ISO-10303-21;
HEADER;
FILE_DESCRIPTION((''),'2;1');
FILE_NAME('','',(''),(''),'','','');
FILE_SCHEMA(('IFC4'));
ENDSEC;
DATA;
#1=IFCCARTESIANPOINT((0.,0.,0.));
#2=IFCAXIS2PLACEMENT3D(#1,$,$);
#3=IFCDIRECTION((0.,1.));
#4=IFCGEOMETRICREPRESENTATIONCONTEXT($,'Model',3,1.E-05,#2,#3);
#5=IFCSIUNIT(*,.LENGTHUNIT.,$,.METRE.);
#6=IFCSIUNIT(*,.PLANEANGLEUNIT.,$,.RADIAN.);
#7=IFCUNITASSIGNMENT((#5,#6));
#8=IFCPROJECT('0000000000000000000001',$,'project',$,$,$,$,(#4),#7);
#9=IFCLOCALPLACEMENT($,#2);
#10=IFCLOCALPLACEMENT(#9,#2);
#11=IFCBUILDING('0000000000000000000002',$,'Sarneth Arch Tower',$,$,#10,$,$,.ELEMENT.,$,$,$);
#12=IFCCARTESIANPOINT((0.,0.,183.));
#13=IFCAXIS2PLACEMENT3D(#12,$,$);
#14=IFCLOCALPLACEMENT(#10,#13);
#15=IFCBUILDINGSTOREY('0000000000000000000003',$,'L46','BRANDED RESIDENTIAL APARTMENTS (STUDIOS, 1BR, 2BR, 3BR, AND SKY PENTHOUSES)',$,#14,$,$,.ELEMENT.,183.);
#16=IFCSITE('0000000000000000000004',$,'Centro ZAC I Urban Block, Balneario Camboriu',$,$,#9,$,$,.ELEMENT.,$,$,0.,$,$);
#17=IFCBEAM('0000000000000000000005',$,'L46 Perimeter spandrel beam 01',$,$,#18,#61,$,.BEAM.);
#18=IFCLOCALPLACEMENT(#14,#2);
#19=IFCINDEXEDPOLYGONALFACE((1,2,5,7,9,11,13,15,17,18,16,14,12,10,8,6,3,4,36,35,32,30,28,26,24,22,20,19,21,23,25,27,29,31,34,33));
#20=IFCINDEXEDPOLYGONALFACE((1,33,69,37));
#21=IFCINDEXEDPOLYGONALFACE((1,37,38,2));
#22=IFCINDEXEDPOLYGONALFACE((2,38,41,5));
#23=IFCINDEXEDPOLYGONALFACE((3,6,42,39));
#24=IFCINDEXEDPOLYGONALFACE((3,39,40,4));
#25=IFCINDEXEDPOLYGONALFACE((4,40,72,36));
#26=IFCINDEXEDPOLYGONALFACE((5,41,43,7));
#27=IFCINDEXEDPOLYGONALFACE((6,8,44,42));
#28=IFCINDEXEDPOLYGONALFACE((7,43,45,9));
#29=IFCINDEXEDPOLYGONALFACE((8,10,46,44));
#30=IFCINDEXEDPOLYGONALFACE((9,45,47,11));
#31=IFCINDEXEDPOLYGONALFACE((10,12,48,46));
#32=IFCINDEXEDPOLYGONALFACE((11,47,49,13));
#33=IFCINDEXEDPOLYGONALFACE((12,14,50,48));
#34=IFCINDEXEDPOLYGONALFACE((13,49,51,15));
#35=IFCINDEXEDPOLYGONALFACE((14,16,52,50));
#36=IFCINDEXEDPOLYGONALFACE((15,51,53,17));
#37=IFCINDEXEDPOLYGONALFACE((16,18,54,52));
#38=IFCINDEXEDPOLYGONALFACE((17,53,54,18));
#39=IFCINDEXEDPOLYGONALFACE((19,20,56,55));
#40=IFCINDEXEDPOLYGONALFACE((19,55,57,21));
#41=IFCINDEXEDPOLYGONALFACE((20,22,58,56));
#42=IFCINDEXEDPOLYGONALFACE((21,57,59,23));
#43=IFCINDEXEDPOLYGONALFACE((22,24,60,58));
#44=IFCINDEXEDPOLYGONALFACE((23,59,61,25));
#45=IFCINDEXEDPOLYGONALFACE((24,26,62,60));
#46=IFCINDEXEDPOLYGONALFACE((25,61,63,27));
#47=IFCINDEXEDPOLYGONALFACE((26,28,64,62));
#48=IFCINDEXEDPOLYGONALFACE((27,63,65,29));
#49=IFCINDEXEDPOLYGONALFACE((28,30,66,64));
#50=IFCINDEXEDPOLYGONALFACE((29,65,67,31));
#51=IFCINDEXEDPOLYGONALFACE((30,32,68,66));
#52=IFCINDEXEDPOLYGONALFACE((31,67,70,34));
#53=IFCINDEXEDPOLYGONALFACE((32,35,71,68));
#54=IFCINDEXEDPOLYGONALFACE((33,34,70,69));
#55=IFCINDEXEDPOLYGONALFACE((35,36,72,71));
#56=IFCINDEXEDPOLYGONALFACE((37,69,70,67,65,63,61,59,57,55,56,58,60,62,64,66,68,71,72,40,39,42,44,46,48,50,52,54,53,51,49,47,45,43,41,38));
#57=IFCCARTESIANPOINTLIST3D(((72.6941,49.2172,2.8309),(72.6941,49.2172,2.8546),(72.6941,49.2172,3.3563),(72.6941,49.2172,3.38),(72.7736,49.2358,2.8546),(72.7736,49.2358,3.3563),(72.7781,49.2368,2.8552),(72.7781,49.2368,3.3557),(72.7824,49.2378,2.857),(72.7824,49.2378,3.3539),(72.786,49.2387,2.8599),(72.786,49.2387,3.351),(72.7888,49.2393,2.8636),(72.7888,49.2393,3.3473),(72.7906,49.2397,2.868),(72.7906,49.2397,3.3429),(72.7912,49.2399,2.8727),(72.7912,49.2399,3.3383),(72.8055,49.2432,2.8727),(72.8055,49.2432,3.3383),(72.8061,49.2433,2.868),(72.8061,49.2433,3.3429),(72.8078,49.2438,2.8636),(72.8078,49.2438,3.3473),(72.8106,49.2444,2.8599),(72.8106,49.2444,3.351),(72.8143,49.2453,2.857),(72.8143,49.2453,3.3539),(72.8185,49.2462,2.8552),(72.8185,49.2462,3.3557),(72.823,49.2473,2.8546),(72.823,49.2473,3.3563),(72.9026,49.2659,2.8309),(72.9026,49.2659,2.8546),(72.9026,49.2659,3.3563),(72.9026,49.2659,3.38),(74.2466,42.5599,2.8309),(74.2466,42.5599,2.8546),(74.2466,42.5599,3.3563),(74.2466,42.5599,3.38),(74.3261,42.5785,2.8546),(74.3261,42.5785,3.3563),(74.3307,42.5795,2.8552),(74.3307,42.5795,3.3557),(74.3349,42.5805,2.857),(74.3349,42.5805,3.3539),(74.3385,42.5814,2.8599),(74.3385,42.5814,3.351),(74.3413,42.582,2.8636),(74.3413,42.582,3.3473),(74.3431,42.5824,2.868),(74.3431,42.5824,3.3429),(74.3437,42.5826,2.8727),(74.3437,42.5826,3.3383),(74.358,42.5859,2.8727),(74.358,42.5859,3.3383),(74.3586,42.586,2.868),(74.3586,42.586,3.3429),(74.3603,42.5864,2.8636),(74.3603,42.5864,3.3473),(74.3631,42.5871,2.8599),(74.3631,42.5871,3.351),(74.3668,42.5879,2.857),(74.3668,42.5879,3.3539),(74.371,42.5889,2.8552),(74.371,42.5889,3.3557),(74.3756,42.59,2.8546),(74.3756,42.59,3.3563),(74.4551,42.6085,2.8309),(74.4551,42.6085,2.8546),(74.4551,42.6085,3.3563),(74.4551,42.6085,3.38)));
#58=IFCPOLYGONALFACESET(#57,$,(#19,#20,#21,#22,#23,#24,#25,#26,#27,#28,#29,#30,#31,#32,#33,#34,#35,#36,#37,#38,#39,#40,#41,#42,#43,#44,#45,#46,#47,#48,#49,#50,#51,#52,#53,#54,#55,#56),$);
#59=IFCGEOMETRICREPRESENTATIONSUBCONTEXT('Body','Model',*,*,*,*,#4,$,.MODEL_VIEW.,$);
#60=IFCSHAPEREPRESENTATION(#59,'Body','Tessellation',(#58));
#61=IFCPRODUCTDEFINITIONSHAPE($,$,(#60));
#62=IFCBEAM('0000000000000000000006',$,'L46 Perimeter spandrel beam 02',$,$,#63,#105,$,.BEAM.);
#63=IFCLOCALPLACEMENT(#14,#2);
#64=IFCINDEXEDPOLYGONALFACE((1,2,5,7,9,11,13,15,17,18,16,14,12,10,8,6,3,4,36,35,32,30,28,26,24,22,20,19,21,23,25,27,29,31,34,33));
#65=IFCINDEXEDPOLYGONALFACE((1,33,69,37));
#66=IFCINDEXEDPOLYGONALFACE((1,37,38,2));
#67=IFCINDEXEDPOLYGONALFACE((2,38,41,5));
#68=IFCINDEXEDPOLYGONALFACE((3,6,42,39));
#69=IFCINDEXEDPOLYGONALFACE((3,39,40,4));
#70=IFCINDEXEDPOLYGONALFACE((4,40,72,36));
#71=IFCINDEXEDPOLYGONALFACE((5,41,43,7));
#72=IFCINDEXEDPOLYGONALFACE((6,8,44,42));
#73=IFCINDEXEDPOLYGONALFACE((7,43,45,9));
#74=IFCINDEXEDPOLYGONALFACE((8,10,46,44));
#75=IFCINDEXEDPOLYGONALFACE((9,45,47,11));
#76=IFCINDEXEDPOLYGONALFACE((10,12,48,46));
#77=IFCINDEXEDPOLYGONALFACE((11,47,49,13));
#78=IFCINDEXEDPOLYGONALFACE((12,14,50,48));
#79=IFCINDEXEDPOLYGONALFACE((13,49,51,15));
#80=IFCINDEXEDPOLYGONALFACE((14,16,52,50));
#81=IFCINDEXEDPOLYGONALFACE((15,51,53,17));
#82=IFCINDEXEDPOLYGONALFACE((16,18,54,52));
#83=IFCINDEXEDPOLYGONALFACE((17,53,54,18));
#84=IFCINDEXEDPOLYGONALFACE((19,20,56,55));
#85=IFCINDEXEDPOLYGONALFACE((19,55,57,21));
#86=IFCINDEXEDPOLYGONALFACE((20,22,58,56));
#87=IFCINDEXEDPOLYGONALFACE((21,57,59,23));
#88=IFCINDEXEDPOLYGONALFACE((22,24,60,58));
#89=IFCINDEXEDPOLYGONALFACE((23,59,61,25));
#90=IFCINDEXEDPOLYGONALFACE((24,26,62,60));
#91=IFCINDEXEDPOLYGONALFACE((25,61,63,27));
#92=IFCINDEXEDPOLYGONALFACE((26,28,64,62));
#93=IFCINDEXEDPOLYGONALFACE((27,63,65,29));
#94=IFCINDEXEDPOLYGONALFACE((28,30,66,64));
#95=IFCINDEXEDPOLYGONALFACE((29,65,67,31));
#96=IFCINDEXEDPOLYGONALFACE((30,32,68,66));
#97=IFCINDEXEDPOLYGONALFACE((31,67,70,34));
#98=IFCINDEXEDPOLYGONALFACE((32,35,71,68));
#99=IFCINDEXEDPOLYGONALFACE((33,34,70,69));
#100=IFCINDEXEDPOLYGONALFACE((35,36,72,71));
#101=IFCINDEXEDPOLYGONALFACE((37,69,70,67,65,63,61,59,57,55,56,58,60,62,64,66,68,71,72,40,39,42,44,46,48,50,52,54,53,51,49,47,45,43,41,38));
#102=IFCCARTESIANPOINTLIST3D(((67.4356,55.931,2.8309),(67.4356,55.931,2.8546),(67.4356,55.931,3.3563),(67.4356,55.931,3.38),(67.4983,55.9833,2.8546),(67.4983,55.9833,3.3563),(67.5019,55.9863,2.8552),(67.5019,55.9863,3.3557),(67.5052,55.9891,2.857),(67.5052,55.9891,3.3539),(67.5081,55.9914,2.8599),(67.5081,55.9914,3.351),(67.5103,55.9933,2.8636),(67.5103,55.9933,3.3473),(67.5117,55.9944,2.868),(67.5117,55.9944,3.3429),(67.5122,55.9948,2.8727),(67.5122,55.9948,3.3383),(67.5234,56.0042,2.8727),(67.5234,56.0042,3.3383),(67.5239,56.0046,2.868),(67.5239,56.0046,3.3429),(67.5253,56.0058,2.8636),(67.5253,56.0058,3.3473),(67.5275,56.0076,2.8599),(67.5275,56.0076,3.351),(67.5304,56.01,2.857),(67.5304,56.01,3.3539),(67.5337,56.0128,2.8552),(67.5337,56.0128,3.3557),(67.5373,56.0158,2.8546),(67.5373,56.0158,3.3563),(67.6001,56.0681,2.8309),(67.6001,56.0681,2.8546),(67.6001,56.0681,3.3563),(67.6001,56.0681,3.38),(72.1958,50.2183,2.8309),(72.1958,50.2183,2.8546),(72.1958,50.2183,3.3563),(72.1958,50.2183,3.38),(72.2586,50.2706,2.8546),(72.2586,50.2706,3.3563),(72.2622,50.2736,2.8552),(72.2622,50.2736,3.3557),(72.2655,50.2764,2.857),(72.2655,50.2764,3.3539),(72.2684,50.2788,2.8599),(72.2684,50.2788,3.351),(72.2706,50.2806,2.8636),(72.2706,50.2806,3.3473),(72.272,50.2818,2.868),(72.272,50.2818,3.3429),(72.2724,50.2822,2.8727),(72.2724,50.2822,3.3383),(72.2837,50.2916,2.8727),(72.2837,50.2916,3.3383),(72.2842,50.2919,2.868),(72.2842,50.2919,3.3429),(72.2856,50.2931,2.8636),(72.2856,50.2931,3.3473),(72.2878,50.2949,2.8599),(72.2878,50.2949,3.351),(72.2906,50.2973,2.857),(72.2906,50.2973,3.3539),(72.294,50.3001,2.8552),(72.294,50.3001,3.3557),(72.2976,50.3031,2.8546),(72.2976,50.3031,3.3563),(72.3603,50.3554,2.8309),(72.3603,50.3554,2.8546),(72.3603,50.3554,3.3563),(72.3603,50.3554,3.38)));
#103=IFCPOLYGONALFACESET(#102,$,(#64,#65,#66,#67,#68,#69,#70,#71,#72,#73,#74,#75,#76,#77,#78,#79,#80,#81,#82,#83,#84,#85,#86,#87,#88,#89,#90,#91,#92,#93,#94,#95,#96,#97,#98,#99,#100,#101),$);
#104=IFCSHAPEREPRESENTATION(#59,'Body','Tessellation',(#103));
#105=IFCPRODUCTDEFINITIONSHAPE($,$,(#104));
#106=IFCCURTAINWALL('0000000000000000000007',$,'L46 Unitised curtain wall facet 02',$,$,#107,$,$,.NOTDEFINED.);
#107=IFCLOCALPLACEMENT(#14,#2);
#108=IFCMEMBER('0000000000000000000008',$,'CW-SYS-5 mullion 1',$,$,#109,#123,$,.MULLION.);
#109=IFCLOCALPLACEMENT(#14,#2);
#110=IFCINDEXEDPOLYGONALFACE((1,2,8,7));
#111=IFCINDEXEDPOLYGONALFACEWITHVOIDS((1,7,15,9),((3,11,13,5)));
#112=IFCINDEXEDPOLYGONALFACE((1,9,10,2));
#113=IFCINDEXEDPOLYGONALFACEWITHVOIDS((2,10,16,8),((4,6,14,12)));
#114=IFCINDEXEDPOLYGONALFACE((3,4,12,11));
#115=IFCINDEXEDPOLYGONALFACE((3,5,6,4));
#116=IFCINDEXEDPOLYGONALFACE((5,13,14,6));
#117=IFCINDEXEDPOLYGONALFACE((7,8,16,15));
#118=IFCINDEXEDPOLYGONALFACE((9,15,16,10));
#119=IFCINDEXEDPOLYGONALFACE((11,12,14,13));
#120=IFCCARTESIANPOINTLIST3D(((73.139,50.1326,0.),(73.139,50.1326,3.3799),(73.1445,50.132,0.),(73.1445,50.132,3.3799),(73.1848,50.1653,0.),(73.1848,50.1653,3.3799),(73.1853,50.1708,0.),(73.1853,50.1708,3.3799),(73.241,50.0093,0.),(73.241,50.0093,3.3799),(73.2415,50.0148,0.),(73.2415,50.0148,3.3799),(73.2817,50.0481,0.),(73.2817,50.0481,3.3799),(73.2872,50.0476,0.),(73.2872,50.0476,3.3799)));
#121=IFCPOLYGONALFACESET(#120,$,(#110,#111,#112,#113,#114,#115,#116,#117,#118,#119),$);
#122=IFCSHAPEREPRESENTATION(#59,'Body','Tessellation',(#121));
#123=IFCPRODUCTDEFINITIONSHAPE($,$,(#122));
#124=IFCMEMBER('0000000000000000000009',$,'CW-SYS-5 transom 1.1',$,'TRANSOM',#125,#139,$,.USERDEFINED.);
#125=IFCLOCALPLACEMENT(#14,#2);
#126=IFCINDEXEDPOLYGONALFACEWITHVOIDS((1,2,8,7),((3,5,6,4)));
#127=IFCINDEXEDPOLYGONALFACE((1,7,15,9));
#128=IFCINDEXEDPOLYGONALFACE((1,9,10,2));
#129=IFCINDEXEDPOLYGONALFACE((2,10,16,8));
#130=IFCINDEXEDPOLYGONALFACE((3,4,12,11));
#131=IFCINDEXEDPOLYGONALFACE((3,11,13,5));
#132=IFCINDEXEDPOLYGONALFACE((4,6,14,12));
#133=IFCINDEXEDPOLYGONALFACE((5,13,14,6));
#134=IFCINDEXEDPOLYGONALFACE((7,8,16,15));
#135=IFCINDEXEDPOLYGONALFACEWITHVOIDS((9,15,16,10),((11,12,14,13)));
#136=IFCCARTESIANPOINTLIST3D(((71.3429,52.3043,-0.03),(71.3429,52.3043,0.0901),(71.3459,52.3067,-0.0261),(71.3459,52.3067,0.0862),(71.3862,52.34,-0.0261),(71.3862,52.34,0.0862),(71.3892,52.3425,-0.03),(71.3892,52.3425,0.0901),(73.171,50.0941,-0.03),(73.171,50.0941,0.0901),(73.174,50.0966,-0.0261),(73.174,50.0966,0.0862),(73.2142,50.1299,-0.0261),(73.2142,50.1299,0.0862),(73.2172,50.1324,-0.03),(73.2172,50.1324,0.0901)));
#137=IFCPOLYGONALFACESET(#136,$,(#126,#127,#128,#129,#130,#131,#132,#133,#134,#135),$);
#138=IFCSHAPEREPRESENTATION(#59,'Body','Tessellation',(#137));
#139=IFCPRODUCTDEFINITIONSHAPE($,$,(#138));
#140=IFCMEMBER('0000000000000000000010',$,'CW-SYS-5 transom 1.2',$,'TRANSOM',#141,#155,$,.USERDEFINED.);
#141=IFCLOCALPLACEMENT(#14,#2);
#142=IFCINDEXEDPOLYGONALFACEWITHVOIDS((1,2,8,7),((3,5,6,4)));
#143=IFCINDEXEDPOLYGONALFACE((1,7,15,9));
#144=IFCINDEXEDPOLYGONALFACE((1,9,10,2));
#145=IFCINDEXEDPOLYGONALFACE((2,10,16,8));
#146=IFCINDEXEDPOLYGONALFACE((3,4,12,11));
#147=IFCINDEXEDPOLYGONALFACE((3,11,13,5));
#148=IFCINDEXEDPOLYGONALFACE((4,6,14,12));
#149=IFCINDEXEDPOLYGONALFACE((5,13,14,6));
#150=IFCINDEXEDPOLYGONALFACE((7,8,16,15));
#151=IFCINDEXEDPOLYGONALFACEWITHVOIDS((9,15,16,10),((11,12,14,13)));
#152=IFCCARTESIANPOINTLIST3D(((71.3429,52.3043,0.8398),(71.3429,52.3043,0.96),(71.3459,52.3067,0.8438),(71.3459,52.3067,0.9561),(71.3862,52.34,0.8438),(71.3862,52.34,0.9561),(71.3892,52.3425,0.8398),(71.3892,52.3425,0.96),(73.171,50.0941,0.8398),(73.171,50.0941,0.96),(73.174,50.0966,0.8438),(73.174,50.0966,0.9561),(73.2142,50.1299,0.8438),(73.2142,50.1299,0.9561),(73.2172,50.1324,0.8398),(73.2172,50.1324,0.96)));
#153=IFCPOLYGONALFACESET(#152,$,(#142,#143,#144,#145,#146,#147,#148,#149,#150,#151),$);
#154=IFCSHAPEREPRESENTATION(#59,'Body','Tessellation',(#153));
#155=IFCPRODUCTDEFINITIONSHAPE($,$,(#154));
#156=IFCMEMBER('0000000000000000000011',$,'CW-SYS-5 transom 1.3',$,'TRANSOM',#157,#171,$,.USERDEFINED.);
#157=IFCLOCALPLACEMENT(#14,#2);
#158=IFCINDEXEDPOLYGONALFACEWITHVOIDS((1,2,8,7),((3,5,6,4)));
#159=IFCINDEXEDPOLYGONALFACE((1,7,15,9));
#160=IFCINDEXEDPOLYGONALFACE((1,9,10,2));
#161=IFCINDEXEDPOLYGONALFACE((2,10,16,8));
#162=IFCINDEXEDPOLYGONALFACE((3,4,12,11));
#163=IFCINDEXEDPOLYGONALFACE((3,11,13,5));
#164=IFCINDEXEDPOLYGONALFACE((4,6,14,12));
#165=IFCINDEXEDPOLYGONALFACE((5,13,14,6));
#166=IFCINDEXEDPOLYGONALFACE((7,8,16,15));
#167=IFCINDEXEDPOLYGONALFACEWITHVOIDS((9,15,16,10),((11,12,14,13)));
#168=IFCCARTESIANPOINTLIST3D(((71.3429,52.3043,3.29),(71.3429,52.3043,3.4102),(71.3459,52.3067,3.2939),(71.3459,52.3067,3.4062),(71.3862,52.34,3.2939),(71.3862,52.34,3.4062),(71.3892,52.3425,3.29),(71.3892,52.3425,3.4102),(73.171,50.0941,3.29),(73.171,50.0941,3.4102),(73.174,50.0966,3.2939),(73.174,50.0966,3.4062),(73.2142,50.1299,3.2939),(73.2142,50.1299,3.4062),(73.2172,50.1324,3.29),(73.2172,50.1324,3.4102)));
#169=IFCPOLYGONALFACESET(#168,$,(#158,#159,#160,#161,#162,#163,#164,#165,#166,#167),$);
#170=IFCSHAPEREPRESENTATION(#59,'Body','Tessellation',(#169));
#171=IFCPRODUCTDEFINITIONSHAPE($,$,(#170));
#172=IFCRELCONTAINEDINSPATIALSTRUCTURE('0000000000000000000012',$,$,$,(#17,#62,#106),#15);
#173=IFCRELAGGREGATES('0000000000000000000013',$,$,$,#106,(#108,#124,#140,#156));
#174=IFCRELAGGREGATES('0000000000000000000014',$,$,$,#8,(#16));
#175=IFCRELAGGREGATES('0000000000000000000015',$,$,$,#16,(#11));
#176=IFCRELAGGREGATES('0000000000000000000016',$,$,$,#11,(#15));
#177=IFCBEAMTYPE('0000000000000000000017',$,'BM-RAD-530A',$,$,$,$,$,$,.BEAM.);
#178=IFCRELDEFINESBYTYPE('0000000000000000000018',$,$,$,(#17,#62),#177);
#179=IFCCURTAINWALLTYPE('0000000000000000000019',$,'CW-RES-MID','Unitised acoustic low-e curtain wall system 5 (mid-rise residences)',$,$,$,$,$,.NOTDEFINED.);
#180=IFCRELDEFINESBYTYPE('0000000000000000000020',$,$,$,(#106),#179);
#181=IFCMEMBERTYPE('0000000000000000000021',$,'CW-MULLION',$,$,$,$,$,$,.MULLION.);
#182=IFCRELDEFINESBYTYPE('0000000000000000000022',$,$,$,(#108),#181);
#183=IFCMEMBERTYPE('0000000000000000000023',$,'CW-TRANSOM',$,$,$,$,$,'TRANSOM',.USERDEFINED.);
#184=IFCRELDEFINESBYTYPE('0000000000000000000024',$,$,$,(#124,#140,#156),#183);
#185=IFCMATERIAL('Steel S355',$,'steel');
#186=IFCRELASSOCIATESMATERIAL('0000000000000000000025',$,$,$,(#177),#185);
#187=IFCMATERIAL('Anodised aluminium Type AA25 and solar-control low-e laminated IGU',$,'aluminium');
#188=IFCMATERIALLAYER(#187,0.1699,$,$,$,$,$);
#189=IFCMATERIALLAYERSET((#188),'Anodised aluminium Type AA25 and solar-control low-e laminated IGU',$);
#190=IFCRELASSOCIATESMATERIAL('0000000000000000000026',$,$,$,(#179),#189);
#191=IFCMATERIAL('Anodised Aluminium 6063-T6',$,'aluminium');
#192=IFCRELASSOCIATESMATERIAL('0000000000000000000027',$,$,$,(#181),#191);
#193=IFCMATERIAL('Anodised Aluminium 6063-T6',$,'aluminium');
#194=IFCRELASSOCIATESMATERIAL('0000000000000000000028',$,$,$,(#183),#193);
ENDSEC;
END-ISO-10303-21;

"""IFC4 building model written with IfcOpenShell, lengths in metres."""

from ifc_helpers import new_model, si_unit, direction, frame, origin, origin_2d, place, context, subcontext, project, spatial, hollow_rectangle, i_section, extrude, material, layer, layer_set, material_profile, profile_set, type_object, element, aggregate, save


model = new_model("IFC4")

# Units and contexts
model_context = context("Model", 3, precision=1e-05, world=origin(), true_north=direction((0.0, 1.0)))
body_context = subcontext(model_context, "Body", "Model", "MODEL_VIEW")
ifc_project = project(units=[si_unit("LENGTHUNIT", "METRE"), si_unit("PLANEANGLEUNIT", "RADIAN")], contexts=[model_context])

# Site, building, storey
site_placement = place(None, origin())
site = spatial("IfcSite", under=ifc_project, at=site_placement, Name="Centro ZAC I Urban Block, Balneario Camboriu", CompositionType="ELEMENT", RefElevation=0.0)
building_placement = place(site_placement, origin())
building = spatial("IfcBuilding", under=site, at=building_placement, Name="Sarneth Arch Tower", CompositionType="ELEMENT")
storey_placement = place(building_placement, frame((0.0, 0.0, 183.0)))
storey = spatial("IfcBuildingStorey", under=building, at=storey_placement, Name="L46", Description="BRANDED RESIDENTIAL APARTMENTS (STUDIOS, 1BR, 2BR, 3BR, AND SKY PENTHOUSES)", CompositionType="ELEMENT", Elevation=183.0)

# Beams
ifc_material_1 = material(Name="Steel S355", Category="steel")
ifc_material_profile_1 = material_profile(ifc_material_1, i_section(OverallWidth=0.2141, OverallDepth=0.5491, WebThickness=0.0146, FlangeThickness=0.0237, FilletRadius=0.0181, at=origin_2d()), Name="W530x138")
ifc_profile_set_1 = profile_set([ifc_material_profile_1], Name="Steel S355")
beam_type = type_object("IfcBeamType", Name="BM-RAD-530A", PredefinedType="BEAM", material=ifc_profile_set_1)
beam_1_placement = place(storey_placement, frame((74.3508, 42.5842, 3.1055), z_axis=(-0.22711, 0.973869, 0.0), x_axis=(-0.973869, -0.22711, 0.0)))
element("IfcBeam", 1, at=beam_1_placement, inside=storey, type_object=beam_type, Name="L46 Perimeter spandrel beam 01", PredefinedType="BEAM", context=body_context, shape_type="SweptSolid", body=[
    extrude(i_section(OverallWidth=0.2141, OverallDepth=0.5491, WebThickness=0.0146, FlangeThickness=0.0237, FilletRadius=0.0181, at=origin_2d()), origin(), (0.0, 0.0, 1.0), 6.8359),
])
beam_2_placement = place(storey_placement, frame((72.2781, 50.2869, 3.1055), z_axis=(-0.640162, 0.76824, 0.0), x_axis=(-0.76824, -0.640162, 0.0)))
element("IfcBeam", 2, at=beam_2_placement, inside=storey, type_object=beam_type, Name="L46 Perimeter spandrel beam 02", PredefinedType="BEAM", context=body_context, shape_type="SweptSolid", body=[
    extrude(i_section(OverallWidth=0.2141, OverallDepth=0.5491, WebThickness=0.0146, FlangeThickness=0.0237, FilletRadius=0.0181, at=origin_2d()), origin(), (0.0, 0.0, 1.0), 7.436),
])

# Curtain wall, members
ifc_material_2 = material(Name="Anodised aluminium Type AA25 and solar-control low-e laminated IGU", Category="aluminium")
ifc_layer_1 = layer(ifc_material_2, 0.1699)
ifc_layer_set_1 = layer_set([ifc_layer_1], Name="Anodised aluminium Type AA25 and solar-control low-e laminated IGU")
curtain_wall_type = type_object("IfcCurtainWallType", Name="CW-RES-MID", Description="Unitised acoustic low-e curtain wall system 5 (mid-rise residences)", PredefinedType="NOTDEFINED", material=ifc_layer_set_1)
curtain_wall_placement = place(storey_placement, origin())
curtain_wall = element("IfcCurtainWall", 3, at=curtain_wall_placement, inside=storey, type_object=curtain_wall_type, Name="L46 Unitised curtain wall facet 02", PredefinedType="NOTDEFINED")
ifc_material_3 = material(Name="Anodised Aluminium 6063-T6", Category="aluminium")
ifc_material_profile_2 = material_profile(ifc_material_3, hollow_rectangle(XDim=0.0601, YDim=0.1599, WallThickness=0.0039, at=origin_2d()), Name="AL-MULL-160x60x4")
ifc_profile_set_2 = profile_set([ifc_material_profile_2], Name="Anodised Aluminium 6063-T6")
member_type_1 = type_object("IfcMemberType", Name="CW-MULLION", PredefinedType="MULLION", material=ifc_profile_set_2)
member_1_placement = place(storey_placement, frame((73.2131, 50.0901, 0.0), z_axis=(0.0, 0.0, 1.0), x_axis=(-0.770591, -0.63733, 0.0)))
member_1 = element("IfcMember", 4, at=member_1_placement, type_object=member_type_1, Name="CW-SYS-5 mullion 1", PredefinedType="MULLION", context=body_context, shape_type="SweptSolid", body=[
    extrude(hollow_rectangle(XDim=0.0601, YDim=0.1599, WallThickness=0.0039, at=origin_2d()), origin(), (0.0, 0.0, 1.0), 3.3799),
])
ifc_material_4 = material(Name="Anodised Aluminium 6063-T6", Category="aluminium")
ifc_material_profile_3 = material_profile(ifc_material_4, hollow_rectangle(XDim=0.0601, YDim=0.1201, WallThickness=0.0039, at=origin_2d()), Name="AL-TRAN-120x60x4")
ifc_profile_set_3 = profile_set([ifc_material_profile_3], Name="Anodised Aluminium 6063-T6")
member_type_2 = type_object("IfcMemberType", Name="CW-TRANSOM", ElementType="TRANSOM", PredefinedType="USERDEFINED", material=ifc_profile_set_3)
member_2_placement = place(storey_placement, frame((73.1941, 50.1133, 0.03), z_axis=(-0.637359, 0.770567, 0.0), x_axis=(-0.770567, -0.637359, 0.0)))
member_2 = element("IfcMember", 5, at=member_2_placement, type_object=member_type_2, Name="CW-SYS-5 transom 1.1", ObjectType="TRANSOM", PredefinedType="USERDEFINED", context=body_context, shape_type="SweptSolid", body=[
    extrude(hollow_rectangle(XDim=0.0601, YDim=0.1201, WallThickness=0.0039, at=origin_2d()), origin(), (0.0, 0.0, 1.0), 2.8682),
])
member_3_placement = place(storey_placement, frame((73.1941, 50.1133, 0.8999), z_axis=(-0.637359, 0.770567, 0.0), x_axis=(-0.770567, -0.637359, 0.0)))
member_3 = element("IfcMember", 6, at=member_3_placement, type_object=member_type_2, Name="CW-SYS-5 transom 1.2", ObjectType="TRANSOM", PredefinedType="USERDEFINED", context=body_context, shape_type="SweptSolid", body=[
    extrude(hollow_rectangle(XDim=0.0601, YDim=0.1201, WallThickness=0.0039, at=origin_2d()), origin(), (0.0, 0.0, 1.0), 2.8682),
])
member_4_placement = place(storey_placement, frame((73.1941, 50.1133, 3.3501), z_axis=(-0.637359, 0.770567, 0.0), x_axis=(-0.770567, -0.637359, 0.0)))
member_4 = element("IfcMember", 7, at=member_4_placement, type_object=member_type_2, Name="CW-SYS-5 transom 1.3", ObjectType="TRANSOM", PredefinedType="USERDEFINED", context=body_context, shape_type="SweptSolid", body=[
    extrude(hollow_rectangle(XDim=0.0601, YDim=0.1201, WallThickness=0.0039, at=origin_2d()), origin(), (0.0, 0.0, 1.0), 2.8682),
])

aggregate(curtain_wall, [member_1, member_2, member_3, member_4])

save(model, "model.ifc")
